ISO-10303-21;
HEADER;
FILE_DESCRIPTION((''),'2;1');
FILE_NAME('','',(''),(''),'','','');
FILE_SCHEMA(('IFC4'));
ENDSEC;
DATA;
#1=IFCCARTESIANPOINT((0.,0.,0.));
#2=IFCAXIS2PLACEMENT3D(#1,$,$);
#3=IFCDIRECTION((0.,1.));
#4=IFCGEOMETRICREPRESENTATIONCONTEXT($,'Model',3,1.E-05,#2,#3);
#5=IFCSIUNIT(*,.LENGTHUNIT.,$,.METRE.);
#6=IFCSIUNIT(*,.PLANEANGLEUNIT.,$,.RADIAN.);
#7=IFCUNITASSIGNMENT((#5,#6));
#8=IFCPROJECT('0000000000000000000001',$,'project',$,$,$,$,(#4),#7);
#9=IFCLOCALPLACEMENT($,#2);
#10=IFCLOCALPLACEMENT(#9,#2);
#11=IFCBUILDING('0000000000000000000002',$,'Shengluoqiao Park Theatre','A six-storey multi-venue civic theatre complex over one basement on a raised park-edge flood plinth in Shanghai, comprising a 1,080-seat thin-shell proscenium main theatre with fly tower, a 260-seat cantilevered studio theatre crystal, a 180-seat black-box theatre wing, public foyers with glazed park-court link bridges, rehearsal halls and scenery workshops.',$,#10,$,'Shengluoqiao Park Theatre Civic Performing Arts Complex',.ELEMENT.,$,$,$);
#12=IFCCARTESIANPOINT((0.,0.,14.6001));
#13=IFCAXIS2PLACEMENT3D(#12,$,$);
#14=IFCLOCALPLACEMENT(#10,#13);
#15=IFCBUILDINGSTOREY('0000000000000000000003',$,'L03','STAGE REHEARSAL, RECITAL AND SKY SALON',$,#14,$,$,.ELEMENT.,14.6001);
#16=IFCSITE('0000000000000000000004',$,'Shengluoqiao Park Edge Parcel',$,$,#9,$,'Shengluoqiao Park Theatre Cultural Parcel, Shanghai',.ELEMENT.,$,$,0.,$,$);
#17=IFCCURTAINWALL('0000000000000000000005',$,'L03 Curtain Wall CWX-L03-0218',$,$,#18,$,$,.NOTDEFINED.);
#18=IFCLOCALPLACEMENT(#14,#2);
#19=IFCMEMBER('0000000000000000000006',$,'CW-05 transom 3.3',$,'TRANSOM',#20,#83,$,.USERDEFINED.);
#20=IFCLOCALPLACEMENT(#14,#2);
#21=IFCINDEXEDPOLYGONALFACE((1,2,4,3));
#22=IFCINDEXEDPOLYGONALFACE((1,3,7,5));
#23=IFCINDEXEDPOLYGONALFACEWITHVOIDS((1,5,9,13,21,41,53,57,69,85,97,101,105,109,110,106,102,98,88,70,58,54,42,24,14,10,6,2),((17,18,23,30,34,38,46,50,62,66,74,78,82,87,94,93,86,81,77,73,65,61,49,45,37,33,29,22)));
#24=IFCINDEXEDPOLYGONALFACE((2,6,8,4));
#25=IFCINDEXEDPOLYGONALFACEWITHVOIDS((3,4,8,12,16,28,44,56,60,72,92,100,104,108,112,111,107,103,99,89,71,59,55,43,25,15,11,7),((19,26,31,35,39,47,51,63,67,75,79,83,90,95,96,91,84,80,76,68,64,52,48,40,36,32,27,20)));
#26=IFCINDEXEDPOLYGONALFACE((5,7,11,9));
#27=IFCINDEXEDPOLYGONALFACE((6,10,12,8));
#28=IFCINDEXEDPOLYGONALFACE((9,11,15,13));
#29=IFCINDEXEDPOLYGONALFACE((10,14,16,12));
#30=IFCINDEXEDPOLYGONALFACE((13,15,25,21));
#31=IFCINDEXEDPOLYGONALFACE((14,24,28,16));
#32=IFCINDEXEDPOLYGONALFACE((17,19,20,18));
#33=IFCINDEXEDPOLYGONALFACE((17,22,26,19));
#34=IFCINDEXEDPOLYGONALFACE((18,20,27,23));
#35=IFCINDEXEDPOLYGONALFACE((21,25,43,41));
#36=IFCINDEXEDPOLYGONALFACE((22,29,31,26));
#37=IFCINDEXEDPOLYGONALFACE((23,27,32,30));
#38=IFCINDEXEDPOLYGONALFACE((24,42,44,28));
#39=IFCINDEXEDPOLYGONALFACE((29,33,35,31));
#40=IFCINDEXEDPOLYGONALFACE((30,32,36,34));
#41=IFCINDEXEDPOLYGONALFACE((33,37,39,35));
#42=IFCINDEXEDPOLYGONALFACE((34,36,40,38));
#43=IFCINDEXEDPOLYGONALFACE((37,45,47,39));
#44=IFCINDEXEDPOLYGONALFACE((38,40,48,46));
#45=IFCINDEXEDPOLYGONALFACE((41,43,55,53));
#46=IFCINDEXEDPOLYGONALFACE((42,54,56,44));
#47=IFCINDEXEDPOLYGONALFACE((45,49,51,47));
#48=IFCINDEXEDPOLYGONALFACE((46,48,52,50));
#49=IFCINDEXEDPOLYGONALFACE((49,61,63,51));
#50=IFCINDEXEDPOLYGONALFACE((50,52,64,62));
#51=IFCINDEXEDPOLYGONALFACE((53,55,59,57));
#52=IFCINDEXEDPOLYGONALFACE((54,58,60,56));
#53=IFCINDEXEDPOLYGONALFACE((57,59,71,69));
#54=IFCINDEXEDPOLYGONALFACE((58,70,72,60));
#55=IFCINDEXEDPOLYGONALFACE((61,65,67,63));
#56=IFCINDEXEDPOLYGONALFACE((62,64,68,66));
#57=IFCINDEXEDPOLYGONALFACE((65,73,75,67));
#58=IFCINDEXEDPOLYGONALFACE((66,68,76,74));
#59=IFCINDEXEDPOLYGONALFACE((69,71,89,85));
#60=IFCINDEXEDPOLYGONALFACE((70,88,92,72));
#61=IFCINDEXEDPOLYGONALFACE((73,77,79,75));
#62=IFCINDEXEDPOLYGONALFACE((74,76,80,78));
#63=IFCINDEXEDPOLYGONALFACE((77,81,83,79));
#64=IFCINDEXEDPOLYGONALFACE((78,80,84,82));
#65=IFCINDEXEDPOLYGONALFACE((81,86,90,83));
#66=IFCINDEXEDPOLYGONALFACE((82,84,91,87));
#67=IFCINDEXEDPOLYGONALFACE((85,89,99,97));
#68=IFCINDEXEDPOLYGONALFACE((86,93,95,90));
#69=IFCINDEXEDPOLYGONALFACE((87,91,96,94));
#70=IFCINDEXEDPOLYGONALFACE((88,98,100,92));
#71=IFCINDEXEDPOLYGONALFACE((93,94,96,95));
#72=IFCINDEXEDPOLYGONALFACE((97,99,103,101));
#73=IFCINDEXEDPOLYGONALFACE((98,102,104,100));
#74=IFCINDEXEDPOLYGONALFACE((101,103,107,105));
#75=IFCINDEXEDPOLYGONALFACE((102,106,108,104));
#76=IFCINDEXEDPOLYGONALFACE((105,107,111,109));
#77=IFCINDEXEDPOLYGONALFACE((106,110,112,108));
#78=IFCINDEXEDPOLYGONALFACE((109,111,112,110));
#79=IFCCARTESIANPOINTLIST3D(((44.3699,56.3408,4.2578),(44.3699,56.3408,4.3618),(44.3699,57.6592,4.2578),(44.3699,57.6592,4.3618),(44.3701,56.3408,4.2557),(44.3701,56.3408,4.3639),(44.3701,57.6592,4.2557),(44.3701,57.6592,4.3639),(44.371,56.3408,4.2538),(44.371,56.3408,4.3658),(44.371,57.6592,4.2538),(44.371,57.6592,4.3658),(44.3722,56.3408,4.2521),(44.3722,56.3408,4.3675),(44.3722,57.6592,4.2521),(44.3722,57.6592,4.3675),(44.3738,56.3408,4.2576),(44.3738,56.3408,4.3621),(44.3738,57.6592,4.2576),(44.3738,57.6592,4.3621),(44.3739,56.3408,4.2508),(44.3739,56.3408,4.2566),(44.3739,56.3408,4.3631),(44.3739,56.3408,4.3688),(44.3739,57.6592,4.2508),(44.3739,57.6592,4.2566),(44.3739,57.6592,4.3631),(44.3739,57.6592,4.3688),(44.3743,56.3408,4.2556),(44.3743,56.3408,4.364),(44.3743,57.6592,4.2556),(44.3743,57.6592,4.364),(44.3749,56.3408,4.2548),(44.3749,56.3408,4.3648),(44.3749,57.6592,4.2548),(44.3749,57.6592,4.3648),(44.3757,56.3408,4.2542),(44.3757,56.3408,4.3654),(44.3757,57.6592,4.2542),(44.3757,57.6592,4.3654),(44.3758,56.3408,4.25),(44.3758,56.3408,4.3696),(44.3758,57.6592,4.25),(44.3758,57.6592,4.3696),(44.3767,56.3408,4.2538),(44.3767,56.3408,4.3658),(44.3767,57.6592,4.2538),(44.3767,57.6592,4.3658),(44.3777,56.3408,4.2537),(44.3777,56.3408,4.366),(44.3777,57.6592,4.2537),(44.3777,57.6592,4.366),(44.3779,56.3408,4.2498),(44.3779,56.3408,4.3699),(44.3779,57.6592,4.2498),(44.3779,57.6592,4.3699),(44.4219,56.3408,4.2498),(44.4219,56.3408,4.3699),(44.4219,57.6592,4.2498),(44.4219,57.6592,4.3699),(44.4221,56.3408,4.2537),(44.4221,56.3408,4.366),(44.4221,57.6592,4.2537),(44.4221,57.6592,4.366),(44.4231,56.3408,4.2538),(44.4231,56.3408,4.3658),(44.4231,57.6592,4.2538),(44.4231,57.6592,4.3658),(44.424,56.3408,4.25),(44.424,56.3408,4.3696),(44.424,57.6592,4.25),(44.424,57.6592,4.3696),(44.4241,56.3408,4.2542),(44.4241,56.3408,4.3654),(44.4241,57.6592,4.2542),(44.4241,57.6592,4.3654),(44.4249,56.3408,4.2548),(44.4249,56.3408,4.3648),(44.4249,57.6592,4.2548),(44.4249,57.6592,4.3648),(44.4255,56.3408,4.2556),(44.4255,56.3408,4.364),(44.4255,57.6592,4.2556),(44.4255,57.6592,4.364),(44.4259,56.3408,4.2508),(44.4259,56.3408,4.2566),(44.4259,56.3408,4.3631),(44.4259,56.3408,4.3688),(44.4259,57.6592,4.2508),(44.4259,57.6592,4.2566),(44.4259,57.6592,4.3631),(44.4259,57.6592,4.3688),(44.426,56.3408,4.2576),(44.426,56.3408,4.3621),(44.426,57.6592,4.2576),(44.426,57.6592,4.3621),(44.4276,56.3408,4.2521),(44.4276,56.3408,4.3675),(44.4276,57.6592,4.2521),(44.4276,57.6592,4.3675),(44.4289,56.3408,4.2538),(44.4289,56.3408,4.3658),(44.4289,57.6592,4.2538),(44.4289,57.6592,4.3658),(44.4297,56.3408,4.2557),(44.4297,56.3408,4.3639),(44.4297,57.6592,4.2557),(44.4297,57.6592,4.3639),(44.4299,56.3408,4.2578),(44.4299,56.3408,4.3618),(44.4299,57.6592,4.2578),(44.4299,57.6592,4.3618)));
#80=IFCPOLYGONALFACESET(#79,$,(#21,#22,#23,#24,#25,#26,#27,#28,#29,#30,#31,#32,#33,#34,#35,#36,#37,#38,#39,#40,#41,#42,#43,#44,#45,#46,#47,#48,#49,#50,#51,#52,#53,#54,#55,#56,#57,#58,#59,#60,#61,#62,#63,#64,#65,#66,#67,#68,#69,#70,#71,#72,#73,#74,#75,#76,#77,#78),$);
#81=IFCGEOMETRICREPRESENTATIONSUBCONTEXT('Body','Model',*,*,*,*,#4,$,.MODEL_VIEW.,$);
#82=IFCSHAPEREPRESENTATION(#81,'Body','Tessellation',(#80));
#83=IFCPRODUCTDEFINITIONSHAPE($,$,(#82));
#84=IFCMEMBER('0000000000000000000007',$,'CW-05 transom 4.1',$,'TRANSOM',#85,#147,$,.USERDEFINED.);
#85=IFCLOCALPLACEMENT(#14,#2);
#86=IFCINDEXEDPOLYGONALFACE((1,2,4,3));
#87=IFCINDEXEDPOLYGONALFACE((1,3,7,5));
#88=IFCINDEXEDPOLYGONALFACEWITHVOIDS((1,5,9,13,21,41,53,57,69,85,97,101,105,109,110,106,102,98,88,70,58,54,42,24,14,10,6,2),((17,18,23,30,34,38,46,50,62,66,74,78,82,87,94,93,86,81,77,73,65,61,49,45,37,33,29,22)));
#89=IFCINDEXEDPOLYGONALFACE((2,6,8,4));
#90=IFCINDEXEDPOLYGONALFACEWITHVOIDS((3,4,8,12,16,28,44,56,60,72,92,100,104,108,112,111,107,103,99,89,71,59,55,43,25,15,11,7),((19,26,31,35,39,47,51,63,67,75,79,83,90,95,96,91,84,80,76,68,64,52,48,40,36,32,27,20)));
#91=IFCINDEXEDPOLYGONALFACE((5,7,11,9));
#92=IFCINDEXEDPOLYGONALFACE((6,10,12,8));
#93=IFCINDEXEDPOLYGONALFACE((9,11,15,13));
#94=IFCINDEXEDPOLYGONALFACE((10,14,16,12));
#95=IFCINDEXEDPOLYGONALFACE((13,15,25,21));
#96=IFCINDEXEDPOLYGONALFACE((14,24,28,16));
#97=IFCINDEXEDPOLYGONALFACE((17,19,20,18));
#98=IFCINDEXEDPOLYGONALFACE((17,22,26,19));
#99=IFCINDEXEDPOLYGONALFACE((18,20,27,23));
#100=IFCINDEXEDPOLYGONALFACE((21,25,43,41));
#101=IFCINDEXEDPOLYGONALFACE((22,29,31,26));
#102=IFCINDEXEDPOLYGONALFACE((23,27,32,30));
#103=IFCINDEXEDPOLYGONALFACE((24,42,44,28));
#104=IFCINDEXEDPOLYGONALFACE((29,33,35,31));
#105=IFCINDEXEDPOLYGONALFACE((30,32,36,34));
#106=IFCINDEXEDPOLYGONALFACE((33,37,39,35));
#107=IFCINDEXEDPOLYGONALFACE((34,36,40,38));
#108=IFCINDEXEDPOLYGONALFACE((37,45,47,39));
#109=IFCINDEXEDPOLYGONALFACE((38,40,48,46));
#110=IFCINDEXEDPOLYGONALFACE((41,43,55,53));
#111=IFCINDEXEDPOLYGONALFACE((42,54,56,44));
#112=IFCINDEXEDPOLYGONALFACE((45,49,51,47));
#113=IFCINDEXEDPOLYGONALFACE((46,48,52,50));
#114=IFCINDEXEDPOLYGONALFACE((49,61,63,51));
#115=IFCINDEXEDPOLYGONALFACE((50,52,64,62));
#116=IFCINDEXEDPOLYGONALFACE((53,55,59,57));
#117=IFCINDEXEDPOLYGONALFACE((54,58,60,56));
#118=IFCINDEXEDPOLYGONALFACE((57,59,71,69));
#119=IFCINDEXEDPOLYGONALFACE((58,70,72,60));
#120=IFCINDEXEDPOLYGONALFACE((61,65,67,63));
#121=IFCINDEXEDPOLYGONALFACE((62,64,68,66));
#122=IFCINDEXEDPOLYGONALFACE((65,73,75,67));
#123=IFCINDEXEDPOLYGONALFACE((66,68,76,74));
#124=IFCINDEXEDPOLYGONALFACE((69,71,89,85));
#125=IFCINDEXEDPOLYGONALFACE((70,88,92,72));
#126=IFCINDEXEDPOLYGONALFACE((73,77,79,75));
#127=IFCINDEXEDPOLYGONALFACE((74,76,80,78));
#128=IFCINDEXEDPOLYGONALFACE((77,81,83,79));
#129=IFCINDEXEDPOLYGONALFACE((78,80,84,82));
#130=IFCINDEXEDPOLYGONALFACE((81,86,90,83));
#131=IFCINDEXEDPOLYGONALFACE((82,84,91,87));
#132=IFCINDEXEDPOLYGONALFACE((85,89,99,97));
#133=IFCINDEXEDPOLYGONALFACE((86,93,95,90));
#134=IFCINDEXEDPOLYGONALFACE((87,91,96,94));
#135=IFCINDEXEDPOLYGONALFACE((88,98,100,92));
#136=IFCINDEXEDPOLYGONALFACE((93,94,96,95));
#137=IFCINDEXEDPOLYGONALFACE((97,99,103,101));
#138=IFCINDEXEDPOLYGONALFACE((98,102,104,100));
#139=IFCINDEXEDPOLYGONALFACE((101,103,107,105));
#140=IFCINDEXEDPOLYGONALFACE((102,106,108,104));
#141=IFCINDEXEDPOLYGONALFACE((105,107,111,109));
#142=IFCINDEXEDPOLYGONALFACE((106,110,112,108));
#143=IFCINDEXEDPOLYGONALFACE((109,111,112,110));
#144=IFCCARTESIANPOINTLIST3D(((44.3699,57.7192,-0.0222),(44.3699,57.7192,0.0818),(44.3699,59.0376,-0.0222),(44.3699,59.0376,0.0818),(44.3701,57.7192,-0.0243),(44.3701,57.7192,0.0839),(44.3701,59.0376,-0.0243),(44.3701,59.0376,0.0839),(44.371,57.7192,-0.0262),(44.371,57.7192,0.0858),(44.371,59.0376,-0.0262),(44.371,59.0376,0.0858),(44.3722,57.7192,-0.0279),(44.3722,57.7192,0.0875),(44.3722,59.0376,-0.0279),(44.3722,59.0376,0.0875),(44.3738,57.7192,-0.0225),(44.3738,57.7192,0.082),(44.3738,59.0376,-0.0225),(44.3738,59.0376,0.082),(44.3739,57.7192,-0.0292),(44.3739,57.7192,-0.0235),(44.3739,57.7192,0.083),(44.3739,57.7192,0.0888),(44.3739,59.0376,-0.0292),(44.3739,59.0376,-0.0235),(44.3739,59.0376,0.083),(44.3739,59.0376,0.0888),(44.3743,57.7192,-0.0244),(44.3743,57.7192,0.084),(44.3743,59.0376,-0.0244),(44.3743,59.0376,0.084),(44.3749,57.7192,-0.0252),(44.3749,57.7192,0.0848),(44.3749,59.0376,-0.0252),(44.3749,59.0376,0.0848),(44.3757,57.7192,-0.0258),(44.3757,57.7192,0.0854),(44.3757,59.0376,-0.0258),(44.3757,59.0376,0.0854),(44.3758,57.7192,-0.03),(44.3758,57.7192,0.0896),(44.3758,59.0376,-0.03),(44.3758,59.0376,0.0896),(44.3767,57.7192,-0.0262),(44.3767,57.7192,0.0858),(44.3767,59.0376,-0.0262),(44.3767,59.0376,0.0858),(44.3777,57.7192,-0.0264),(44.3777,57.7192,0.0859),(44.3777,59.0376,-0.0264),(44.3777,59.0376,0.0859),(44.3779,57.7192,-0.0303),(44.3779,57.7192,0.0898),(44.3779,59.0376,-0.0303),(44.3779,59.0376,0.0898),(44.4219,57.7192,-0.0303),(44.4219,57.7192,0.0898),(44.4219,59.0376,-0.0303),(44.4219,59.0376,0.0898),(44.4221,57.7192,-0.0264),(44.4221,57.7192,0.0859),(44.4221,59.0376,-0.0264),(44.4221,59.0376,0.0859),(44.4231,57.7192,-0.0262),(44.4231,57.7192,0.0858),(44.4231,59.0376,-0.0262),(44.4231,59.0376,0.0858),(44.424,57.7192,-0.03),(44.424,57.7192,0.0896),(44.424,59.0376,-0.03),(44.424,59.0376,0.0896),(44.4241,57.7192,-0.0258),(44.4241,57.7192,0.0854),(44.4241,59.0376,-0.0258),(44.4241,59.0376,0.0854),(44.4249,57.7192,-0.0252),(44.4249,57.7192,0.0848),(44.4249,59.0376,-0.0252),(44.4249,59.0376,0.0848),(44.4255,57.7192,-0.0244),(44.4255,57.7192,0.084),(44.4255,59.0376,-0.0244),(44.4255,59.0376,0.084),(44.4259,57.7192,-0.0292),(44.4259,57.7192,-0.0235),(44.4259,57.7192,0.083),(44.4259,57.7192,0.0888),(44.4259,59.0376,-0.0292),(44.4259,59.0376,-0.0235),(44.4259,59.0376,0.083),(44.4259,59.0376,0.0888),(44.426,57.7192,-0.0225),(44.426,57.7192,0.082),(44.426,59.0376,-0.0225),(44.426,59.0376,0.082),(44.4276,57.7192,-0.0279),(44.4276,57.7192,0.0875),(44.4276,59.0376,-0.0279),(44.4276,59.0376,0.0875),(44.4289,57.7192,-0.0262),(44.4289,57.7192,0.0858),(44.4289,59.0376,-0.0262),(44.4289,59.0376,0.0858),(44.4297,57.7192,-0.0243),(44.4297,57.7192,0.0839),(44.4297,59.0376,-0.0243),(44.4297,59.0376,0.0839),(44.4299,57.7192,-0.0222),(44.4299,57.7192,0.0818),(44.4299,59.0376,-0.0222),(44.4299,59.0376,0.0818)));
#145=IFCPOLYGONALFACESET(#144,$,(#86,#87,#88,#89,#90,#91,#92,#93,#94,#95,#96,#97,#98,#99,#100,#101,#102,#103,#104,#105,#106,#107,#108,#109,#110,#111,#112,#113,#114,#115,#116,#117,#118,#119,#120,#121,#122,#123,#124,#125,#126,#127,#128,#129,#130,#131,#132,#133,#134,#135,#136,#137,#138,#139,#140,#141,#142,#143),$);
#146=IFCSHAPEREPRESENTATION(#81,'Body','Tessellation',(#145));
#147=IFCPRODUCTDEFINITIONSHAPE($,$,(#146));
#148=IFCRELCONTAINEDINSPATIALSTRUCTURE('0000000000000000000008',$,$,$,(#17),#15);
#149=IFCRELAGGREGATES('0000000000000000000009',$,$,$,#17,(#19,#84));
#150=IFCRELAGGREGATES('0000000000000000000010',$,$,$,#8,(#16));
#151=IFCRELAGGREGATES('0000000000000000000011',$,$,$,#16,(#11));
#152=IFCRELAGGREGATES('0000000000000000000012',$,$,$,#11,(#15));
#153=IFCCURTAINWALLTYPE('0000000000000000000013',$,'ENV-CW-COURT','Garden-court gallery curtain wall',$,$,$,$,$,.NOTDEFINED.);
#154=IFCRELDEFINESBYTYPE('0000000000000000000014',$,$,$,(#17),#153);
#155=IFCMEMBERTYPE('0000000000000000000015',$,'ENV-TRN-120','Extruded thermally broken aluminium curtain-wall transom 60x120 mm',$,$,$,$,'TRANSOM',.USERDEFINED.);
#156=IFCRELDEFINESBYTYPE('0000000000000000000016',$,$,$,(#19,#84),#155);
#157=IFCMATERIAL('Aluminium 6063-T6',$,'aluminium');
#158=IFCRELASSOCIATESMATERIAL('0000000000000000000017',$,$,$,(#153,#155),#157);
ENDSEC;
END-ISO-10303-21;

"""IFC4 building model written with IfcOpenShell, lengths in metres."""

from ifc_helpers import new_model, si_unit, direction, frame, origin, origin_2d, place, context, subcontext, project, spatial, hollow_rectangle, extrude, material, material_profile, profile_set, type_object, element, aggregate, save


model = new_model("IFC4")

# Units and contexts
model_context = context("Model", 3, precision=1e-05, world=origin(), true_north=direction((0.0, 1.0)))
body_context = subcontext(model_context, "Body", "Model", "MODEL_VIEW")
ifc_project = project(units=[si_unit("LENGTHUNIT", "METRE"), si_unit("PLANEANGLEUNIT", "RADIAN")], contexts=[model_context])

# Site, building, storey
site_placement = place(None, origin())
site = spatial("IfcSite", under=ifc_project, at=site_placement, Name="Shengluoqiao Park Edge Parcel", LongName="Shengluoqiao Park Theatre Cultural Parcel, Shanghai", CompositionType="ELEMENT", RefElevation=0.0)
building_placement = place(site_placement, origin())
building = spatial("IfcBuilding", under=site, at=building_placement, Name="Shengluoqiao Park Theatre", Description="A six-storey multi-venue civic theatre complex over one basement on a raised park-edge flood plinth in Shanghai, comprising a 1,080-seat thin-shell proscenium main theatre with fly tower, a 260-seat cantilevered studio theatre crystal, a 180-seat black-box theatre wing, public foyers with glazed park-court link bridges, rehearsal halls and scenery workshops.", LongName="Shengluoqiao Park Theatre Civic Performing Arts Complex", CompositionType="ELEMENT")
storey_placement = place(building_placement, frame((0.0, 0.0, 14.6001)))
storey = spatial("IfcBuildingStorey", under=building, at=storey_placement, Name="L03", Description="STAGE REHEARSAL, RECITAL AND SKY SALON", CompositionType="ELEMENT", Elevation=14.6001)

# Curtain wall
ifc_material_1 = material(Name="Aluminium 6063-T6", Category="aluminium")
curtain_wall_type = type_object("IfcCurtainWallType", Name="ENV-CW-COURT", Description="Garden-court gallery curtain wall", PredefinedType="NOTDEFINED", material=ifc_material_1)
curtain_wall_1_placement = place(storey_placement, origin())
curtain_wall_1 = element("IfcCurtainWall", 1, at=curtain_wall_1_placement, inside=storey, type_object=curtain_wall_type, Name="L03 Curtain Wall CWX-L03-0218", PredefinedType="NOTDEFINED")

# Members
ifc_material_profile_1 = material_profile(ifc_material_1, hollow_rectangle(XDim=0.0601, YDim=0.1201, WallThickness=0.0039, InnerFilletRadius=0.0039, OuterFilletRadius=0.0081, at=origin_2d()), Name="ALU TRANSOM 120x60x4")
ifc_profile_set_1 = profile_set([ifc_material_profile_1], Name="Aluminium 6063-T6")
member_type_1 = type_object("IfcMemberType", Name="ENV-TRN-120", Description="Extruded thermally broken aluminium curtain-wall transom 60x120 mm", ElementType="TRANSOM", PredefinedType="USERDEFINED", material=ifc_profile_set_1)
member_1_placement = place(storey_placement, frame((44.3999, 56.3408, 4.3098), z_axis=(0.0, 1.0, 0.0), x_axis=(-1.0, 0.0, 0.0)))
member_1 = element("IfcMember", 2, at=member_1_placement, type_object=member_type_1, Name="CW-05 transom 3.3", ObjectType="TRANSOM", PredefinedType="USERDEFINED", context=body_context, shape_type="SweptSolid", body=[
    extrude(hollow_rectangle(XDim=0.0601, YDim=0.1201, WallThickness=0.0039, InnerFilletRadius=0.0039, OuterFilletRadius=0.0081, at=origin_2d()), origin(), (0.0, 0.0, 1.0), 1.3184),
])
member_2_placement = place(storey_placement, frame((44.3999, 57.7192, 0.0298), z_axis=(0.0, 1.0, 0.0), x_axis=(-1.0, 0.0, 0.0)))
member_2 = element("IfcMember", 3, at=member_2_placement, type_object=member_type_1, Name="CW-05 transom 4.1", ObjectType="TRANSOM", PredefinedType="USERDEFINED", context=body_context, shape_type="SweptSolid", body=[
    extrude(hollow_rectangle(XDim=0.0601, YDim=0.1201, WallThickness=0.0039, InnerFilletRadius=0.0039, OuterFilletRadius=0.0081, at=origin_2d()), origin(), (0.0, 0.0, 1.0), 1.3184),
])

aggregate(curtain_wall_1, [member_1, member_2])

save(model, "model.ifc")
